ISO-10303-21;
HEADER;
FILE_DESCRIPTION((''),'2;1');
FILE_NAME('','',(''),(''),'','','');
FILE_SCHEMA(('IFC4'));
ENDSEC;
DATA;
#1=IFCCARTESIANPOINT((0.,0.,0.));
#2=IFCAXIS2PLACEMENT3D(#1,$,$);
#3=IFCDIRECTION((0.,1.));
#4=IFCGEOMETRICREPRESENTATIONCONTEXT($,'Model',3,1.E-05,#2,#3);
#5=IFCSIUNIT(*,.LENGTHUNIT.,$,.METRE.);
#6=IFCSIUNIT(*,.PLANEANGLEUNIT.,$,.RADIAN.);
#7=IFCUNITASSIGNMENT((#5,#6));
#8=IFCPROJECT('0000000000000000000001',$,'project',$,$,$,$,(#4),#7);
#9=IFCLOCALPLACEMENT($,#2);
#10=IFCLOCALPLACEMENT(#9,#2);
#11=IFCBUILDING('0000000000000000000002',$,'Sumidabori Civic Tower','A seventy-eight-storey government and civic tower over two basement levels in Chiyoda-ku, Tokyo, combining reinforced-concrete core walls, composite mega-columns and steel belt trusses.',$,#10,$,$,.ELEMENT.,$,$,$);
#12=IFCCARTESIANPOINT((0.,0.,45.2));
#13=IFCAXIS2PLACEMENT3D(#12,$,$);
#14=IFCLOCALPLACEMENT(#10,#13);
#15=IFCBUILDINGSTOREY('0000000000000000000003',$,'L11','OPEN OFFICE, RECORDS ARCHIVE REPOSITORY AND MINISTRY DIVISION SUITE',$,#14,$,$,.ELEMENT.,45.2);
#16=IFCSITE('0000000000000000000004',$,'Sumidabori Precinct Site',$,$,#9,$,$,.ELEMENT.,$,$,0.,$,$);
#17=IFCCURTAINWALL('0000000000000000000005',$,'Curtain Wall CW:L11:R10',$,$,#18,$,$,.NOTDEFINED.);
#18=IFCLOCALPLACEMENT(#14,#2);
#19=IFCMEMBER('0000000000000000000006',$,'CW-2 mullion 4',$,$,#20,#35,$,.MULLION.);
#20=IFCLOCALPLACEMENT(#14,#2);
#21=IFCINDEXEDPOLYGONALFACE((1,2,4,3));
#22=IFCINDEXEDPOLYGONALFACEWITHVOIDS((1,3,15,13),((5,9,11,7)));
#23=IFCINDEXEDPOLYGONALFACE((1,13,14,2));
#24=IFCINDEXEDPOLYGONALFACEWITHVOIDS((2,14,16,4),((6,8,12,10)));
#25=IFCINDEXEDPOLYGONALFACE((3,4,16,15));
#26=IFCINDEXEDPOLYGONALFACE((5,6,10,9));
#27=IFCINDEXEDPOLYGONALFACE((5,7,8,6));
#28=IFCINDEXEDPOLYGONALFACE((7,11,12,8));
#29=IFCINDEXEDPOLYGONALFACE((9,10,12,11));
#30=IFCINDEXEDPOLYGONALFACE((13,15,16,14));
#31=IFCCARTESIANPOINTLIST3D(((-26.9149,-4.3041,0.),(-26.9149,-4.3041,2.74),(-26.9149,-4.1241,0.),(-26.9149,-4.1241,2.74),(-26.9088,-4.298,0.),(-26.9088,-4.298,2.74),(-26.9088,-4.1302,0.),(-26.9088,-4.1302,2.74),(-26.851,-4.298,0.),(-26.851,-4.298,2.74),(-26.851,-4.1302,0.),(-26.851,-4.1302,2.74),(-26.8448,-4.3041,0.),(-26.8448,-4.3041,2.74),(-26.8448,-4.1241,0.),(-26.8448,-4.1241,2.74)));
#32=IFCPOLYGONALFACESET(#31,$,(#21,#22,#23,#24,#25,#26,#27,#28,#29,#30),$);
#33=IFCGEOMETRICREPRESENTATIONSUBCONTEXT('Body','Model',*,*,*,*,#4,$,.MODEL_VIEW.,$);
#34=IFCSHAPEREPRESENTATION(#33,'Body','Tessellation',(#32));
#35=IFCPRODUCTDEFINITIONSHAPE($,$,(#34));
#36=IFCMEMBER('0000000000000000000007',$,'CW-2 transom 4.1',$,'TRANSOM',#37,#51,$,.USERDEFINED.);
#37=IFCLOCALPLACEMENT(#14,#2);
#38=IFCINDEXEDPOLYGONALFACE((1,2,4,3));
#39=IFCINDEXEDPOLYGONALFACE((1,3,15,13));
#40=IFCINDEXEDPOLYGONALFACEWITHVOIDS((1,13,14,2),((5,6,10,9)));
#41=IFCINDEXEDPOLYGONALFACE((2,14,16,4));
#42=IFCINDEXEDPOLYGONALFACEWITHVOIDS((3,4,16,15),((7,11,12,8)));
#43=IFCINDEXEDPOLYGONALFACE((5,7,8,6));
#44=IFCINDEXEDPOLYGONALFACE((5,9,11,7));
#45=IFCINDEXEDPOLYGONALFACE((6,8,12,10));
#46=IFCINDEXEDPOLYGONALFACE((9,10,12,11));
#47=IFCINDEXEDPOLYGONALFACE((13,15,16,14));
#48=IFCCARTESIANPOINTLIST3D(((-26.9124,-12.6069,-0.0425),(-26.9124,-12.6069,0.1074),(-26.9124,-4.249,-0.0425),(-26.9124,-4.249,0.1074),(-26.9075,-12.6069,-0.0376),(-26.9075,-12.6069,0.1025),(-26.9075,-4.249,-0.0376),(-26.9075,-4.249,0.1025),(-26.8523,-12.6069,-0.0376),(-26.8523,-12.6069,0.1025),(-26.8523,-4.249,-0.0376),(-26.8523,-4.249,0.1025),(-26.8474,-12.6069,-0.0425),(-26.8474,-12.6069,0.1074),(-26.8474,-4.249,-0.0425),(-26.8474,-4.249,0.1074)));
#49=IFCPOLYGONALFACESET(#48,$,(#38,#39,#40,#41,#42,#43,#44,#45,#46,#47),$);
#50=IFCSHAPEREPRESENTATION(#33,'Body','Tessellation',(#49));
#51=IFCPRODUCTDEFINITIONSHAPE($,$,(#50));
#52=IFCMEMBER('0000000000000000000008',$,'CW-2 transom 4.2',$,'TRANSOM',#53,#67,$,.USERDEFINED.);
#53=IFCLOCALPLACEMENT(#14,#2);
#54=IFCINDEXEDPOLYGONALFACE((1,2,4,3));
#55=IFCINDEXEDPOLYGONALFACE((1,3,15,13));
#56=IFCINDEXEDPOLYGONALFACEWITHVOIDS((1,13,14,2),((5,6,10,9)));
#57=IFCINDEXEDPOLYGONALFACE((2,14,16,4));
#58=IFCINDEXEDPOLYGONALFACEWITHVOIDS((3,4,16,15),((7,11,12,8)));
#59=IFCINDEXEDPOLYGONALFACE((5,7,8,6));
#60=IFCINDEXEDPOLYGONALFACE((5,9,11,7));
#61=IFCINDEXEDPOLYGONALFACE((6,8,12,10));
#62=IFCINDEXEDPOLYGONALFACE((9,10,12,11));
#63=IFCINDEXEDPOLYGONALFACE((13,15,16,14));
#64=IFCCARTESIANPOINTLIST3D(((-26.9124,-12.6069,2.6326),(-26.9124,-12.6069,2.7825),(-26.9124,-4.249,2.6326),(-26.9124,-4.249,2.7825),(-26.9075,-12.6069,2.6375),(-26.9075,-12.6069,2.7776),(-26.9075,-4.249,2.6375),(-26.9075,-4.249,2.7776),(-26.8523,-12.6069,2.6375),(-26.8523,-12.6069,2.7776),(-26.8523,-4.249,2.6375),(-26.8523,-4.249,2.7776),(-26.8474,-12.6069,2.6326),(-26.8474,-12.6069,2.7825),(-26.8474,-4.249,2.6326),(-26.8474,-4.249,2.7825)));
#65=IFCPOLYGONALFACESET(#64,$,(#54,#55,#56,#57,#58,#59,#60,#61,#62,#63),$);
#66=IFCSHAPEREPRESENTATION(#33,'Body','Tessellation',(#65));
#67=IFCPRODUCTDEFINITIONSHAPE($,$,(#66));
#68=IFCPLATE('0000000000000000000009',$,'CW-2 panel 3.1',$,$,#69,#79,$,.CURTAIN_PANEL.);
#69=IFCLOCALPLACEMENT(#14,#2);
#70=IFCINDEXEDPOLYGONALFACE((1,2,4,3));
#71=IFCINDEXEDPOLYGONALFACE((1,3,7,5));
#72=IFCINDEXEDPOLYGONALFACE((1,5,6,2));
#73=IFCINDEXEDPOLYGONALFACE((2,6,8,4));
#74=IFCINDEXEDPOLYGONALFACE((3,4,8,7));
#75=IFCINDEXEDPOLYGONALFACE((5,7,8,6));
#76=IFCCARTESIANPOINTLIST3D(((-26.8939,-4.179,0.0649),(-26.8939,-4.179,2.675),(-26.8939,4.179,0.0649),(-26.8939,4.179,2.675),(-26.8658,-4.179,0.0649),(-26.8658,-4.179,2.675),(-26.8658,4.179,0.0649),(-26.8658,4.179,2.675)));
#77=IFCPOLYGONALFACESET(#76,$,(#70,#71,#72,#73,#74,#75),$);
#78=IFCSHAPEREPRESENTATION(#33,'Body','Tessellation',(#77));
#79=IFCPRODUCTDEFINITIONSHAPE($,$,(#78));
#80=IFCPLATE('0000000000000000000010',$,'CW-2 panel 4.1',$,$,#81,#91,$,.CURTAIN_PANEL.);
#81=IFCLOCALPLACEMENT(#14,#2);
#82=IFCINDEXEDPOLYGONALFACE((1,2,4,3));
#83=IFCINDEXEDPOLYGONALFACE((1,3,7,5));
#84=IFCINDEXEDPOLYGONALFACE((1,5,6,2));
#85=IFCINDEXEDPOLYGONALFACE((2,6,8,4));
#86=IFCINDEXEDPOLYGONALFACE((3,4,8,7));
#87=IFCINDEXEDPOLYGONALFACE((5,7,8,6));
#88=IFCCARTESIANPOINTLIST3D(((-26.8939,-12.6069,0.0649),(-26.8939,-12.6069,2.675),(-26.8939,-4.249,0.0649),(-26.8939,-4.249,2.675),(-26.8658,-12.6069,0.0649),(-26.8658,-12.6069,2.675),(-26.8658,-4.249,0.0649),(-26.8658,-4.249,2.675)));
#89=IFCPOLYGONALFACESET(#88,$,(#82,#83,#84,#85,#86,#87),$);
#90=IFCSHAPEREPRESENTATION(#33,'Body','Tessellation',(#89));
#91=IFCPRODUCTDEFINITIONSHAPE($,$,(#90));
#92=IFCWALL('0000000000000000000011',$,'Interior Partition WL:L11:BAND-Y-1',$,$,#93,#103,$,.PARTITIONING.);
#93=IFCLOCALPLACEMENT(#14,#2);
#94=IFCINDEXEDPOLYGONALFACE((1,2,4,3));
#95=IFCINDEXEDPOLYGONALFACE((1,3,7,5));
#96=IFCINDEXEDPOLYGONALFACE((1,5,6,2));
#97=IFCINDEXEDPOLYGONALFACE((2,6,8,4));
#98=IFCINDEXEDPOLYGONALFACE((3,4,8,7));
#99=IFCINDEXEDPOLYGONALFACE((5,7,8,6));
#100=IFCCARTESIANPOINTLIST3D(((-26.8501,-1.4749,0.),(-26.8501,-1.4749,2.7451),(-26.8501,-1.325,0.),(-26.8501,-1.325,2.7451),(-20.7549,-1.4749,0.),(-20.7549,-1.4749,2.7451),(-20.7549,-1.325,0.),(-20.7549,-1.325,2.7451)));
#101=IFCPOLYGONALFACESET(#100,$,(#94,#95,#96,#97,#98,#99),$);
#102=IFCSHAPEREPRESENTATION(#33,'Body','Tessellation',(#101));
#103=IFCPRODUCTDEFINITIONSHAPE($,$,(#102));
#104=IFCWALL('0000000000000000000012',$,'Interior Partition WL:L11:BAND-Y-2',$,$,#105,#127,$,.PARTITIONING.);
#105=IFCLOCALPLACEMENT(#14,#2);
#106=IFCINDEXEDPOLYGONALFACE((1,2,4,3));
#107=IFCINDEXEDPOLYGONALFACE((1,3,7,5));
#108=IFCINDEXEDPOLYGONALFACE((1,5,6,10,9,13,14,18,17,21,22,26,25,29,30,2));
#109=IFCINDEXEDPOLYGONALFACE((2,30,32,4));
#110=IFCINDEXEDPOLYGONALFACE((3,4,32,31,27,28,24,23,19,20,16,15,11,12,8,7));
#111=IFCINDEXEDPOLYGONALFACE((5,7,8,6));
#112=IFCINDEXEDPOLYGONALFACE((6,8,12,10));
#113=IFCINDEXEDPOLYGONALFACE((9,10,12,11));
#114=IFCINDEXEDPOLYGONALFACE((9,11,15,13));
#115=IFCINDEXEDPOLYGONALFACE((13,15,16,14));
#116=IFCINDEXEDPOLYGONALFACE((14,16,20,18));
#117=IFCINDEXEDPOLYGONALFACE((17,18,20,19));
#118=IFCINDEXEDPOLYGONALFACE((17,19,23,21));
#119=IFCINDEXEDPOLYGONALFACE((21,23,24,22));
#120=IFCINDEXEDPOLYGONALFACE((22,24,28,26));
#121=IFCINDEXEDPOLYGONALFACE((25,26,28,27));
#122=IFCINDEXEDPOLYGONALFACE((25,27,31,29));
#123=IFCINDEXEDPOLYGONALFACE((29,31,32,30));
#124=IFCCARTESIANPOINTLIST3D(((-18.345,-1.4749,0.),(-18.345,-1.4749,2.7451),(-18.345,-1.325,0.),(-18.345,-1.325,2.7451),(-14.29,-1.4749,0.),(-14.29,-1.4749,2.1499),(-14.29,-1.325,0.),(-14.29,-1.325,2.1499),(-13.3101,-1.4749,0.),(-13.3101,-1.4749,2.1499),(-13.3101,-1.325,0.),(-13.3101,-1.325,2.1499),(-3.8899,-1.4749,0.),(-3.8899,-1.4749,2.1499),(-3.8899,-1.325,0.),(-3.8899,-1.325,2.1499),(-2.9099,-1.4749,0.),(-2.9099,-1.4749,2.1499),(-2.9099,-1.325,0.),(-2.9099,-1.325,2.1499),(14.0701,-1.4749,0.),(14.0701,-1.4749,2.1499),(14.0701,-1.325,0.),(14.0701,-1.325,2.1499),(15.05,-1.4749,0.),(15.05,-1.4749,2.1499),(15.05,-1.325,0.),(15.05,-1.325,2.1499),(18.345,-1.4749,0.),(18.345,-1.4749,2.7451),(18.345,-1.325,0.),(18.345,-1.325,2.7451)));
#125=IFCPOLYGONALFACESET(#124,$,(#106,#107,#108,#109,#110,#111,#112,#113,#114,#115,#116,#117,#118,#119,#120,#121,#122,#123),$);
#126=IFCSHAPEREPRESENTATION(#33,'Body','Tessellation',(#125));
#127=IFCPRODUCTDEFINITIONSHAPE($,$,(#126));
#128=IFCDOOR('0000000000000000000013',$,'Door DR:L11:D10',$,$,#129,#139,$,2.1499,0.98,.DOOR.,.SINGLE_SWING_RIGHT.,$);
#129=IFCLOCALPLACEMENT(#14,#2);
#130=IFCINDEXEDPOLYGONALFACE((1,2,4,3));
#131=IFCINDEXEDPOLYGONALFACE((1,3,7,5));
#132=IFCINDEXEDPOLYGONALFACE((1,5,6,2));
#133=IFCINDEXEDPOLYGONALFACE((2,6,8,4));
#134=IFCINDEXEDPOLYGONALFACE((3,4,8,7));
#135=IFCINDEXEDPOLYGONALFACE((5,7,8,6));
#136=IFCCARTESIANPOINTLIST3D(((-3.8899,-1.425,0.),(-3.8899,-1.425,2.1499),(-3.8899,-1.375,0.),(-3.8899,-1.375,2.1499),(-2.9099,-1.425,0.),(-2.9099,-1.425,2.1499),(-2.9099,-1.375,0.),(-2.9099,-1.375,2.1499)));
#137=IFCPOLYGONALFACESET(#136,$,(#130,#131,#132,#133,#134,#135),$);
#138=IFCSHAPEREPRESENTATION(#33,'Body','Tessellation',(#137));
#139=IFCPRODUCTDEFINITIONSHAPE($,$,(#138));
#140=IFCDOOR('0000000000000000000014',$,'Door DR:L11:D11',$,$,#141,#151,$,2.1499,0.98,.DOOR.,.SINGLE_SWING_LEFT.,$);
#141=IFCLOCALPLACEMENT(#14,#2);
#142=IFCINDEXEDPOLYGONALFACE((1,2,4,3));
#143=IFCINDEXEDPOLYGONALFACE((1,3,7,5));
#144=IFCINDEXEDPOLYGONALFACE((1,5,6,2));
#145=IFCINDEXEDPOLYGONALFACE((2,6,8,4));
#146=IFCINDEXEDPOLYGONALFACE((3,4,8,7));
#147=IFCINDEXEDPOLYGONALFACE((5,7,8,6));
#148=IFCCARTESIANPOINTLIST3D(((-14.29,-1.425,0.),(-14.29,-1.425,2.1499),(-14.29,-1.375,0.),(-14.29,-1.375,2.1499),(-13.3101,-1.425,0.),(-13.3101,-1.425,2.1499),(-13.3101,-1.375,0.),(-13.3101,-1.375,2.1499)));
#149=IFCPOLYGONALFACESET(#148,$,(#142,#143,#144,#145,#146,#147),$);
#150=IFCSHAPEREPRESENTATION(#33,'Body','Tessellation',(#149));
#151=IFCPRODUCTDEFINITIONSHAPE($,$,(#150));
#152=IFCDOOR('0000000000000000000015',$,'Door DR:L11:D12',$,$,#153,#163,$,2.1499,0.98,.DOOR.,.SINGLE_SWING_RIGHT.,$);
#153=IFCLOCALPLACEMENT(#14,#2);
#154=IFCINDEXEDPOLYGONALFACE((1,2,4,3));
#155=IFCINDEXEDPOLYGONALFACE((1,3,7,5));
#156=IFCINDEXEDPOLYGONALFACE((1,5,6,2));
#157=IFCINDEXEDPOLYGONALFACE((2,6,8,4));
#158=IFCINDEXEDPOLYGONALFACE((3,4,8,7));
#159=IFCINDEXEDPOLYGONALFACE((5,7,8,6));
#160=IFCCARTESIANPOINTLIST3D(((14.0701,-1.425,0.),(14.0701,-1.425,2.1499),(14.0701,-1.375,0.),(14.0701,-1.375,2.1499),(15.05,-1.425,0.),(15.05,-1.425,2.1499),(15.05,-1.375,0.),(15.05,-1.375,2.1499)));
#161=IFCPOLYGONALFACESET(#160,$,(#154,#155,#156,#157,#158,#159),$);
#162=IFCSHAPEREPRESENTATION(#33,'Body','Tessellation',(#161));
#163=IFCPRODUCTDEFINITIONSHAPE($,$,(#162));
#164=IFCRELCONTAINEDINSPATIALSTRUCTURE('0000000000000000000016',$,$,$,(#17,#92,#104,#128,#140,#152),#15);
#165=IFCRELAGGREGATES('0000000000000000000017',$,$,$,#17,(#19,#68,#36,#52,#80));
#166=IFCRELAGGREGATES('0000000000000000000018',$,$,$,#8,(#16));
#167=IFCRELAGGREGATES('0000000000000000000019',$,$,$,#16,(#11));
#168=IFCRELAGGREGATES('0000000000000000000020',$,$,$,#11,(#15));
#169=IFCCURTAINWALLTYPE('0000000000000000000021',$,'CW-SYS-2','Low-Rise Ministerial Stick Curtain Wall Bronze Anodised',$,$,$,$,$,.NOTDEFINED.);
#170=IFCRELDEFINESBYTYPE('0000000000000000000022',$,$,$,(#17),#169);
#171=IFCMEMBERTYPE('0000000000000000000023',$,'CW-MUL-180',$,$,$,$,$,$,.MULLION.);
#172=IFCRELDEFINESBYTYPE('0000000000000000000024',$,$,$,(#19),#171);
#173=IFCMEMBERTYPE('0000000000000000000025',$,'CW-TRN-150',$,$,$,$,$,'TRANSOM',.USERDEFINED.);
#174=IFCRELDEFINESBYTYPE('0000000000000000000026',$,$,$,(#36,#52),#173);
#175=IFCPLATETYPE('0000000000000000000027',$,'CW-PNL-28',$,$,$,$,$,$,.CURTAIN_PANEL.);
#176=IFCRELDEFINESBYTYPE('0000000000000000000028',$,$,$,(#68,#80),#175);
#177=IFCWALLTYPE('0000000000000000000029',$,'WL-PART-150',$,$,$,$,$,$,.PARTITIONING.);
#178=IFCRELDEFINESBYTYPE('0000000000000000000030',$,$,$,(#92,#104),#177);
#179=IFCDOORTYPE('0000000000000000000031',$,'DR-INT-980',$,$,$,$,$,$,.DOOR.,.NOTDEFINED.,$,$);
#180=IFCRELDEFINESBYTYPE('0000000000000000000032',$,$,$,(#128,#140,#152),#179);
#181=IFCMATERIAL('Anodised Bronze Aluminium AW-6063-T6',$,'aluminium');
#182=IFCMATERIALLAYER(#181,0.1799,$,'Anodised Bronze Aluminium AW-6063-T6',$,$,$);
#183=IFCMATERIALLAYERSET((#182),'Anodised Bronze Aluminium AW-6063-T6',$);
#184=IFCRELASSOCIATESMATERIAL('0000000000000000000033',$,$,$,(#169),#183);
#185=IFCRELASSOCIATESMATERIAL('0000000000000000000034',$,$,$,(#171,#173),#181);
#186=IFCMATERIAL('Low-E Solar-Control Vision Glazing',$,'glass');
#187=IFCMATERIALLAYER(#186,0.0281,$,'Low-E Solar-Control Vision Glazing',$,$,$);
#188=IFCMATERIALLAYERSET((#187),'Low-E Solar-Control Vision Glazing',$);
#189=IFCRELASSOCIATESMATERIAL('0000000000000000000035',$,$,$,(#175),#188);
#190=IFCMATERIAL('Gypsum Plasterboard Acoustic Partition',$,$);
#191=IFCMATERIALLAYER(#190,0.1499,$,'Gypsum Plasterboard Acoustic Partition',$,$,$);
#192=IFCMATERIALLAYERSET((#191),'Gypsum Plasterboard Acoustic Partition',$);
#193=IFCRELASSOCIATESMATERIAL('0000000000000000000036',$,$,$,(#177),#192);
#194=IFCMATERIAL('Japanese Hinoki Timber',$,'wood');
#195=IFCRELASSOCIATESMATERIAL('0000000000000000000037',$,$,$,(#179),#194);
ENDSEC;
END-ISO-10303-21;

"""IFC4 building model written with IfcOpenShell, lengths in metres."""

from ifc_helpers import new_model, si_unit, direction, frame, frame_2d, origin, origin_2d, place, context, subcontext, project, spatial, rectangle, hollow_rectangle, extrude, source, transform, mapped, material, layer, layer_set, material_profile, profile_set, type_object, element, fill, aggregate, save


model = new_model("IFC4")

# Units and contexts
model_context = context("Model", 3, precision=1e-05, world=origin(), true_north=direction((0.0, 1.0)))
body_context = subcontext(model_context, "Body", "Model", "MODEL_VIEW")
ifc_project = project(units=[si_unit("LENGTHUNIT", "METRE"), si_unit("PLANEANGLEUNIT", "RADIAN")], contexts=[model_context])

# Site, building, storey
site_placement = place(None, origin())
site = spatial("IfcSite", under=ifc_project, at=site_placement, Name="Sumidabori Precinct Site", CompositionType="ELEMENT", RefElevation=0.0)
building_placement = place(site_placement, origin())
building = spatial("IfcBuilding", under=site, at=building_placement, Name="Sumidabori Civic Tower", Description="A seventy-eight-storey government and civic tower over two basement levels in Chiyoda-ku, Tokyo, combining reinforced-concrete core walls, composite mega-columns and steel belt trusses.", CompositionType="ELEMENT")
storey_placement = place(building_placement, frame((0.0, 0.0, 45.2)))
storey = spatial("IfcBuildingStorey", under=building, at=storey_placement, Name="L11", Description="OPEN OFFICE, RECORDS ARCHIVE REPOSITORY AND MINISTRY DIVISION SUITE", CompositionType="ELEMENT", Elevation=45.2)

# Curtain wall, members, plates
ifc_material_1 = material(Name="Anodised Bronze Aluminium AW-6063-T6", Category="aluminium")
ifc_layer_1 = layer(ifc_material_1, 0.1799, Name="Anodised Bronze Aluminium AW-6063-T6")
ifc_layer_set_1 = layer_set([ifc_layer_1], Name="Anodised Bronze Aluminium AW-6063-T6")
curtain_wall_type = type_object("IfcCurtainWallType", Name="CW-SYS-2", Description="Low-Rise Ministerial Stick Curtain Wall Bronze Anodised", PredefinedType="NOTDEFINED", material=ifc_layer_set_1)
curtain_wall_placement = place(storey_placement, origin())
curtain_wall = element("IfcCurtainWall", 1, at=curtain_wall_placement, inside=storey, type_object=curtain_wall_type, Name="Curtain Wall CW:L11:R10", PredefinedType="NOTDEFINED")
ifc_material_profile_1 = material_profile(ifc_material_1, hollow_rectangle(XDim=0.0701, YDim=0.1799, WallThickness=0.0061, at=origin_2d()), Name="ALU MULLION 180x70")
ifc_profile_set_1 = profile_set([ifc_material_profile_1], Name="Anodised Bronze Aluminium AW-6063-T6")
member_type_1 = type_object("IfcMemberType", Name="CW-MUL-180", PredefinedType="MULLION", material=ifc_profile_set_1)
shared_shape_1 = source(origin(), body_context, "Body", "SweptSolid", [
    extrude(hollow_rectangle(XDim=0.0701, YDim=0.1799, WallThickness=0.0061, at=origin_2d()), origin(), (0.0, 0.0, 1.0), 2.74),
])
member_1_placement = place(storey_placement, frame((-26.8799, -4.2141, 0.0), z_axis=(0.0, 0.0, 1.0), x_axis=(1.0, 0.0, 0.0)))
member_1 = element("IfcMember", 2, at=member_1_placement, type_object=member_type_1, Name="CW-2 mullion 4", PredefinedType="MULLION", context=body_context, shape_type="MappedRepresentation", body=[
    mapped(shared_shape_1, transform((0.0, 0.0, 0.0), x_axis=(1.0, 0.0, 0.0), y_axis=(0.0, 1.0, 0.0), z_axis=(0.0, 0.0, 1.0), scale=1.0)),
])
ifc_material_profile_2 = material_profile(ifc_material_1, hollow_rectangle(XDim=0.0649, YDim=0.1499, WallThickness=0.0049, at=origin_2d()), Name="ALU TRANSOM 150x65")
ifc_profile_set_2 = profile_set([ifc_material_profile_2], Name="Anodised Bronze Aluminium AW-6063-T6")
member_type_2 = type_object("IfcMemberType", Name="CW-TRN-150", ElementType="TRANSOM", PredefinedType="USERDEFINED", material=ifc_profile_set_2)
shared_shape_2 = source(origin(), body_context, "Body", "SweptSolid", [
    extrude(hollow_rectangle(XDim=0.0649, YDim=0.1499, WallThickness=0.0049, at=origin_2d()), origin(), (0.0, 0.0, 1.0), 8.3579),
])
member_2_placement = place(storey_placement, frame((-26.8799, -4.249, 0.0325), z_axis=(0.0, -1.0, 0.0), x_axis=(1.0, 0.0, 0.0)))
member_2 = element("IfcMember", 3, at=member_2_placement, type_object=member_type_2, Name="CW-2 transom 4.1", ObjectType="TRANSOM", PredefinedType="USERDEFINED", context=body_context, shape_type="MappedRepresentation", body=[
    mapped(shared_shape_2, transform((0.0, 0.0, 0.0), x_axis=(1.0, 0.0, 0.0), y_axis=(0.0, 1.0, 0.0), z_axis=(0.0, 0.0, 1.0), scale=1.0)),
])
member_3_placement = place(storey_placement, frame((-26.8799, -4.249, 2.7075), z_axis=(0.0, -1.0, 0.0), x_axis=(1.0, 0.0, 0.0)))
member_3 = element("IfcMember", 4, at=member_3_placement, type_object=member_type_2, Name="CW-2 transom 4.2", ObjectType="TRANSOM", PredefinedType="USERDEFINED", context=body_context, shape_type="MappedRepresentation", body=[
    mapped(shared_shape_2, transform((0.0, 0.0, 0.0), x_axis=(1.0, 0.0, 0.0), y_axis=(0.0, 1.0, 0.0), z_axis=(0.0, 0.0, 1.0), scale=1.0)),
])
ifc_material_2 = material(Name="Low-E Solar-Control Vision Glazing", Category="glass")
ifc_layer_2 = layer(ifc_material_2, 0.0281, Name="Low-E Solar-Control Vision Glazing")
ifc_layer_set_2 = layer_set([ifc_layer_2], Name="Low-E Solar-Control Vision Glazing")
plate_type = type_object("IfcPlateType", Name="CW-PNL-28", PredefinedType="CURTAIN_PANEL", material=ifc_layer_set_2)
shared_shape_3 = source(origin(), body_context, "Body", "SweptSolid", [
    extrude(rectangle(XDim=8.3579, YDim=0.0281, at=origin_2d()), origin(), (0.0, 0.0, 1.0), 2.6101),
])
plate_1_placement = place(storey_placement, frame((-26.8799, 0.0, 0.0649), z_axis=(0.0, 0.0, 1.0), x_axis=(0.0, -1.0, 0.0)))
plate_1 = element("IfcPlate", 5, at=plate_1_placement, type_object=plate_type, Name="CW-2 panel 3.1", PredefinedType="CURTAIN_PANEL", context=body_context, shape_type="MappedRepresentation", body=[
    mapped(shared_shape_3, transform((0.0, 0.0, 0.0), x_axis=(1.0, 0.0, 0.0), y_axis=(0.0, 1.0, 0.0), z_axis=(0.0, 0.0, 1.0), scale=1.0)),
])
plate_2_placement = place(storey_placement, frame((-26.8799, -8.428, 0.0649), z_axis=(0.0, 0.0, 1.0), x_axis=(0.0, -1.0, 0.0)))
plate_2 = element("IfcPlate", 6, at=plate_2_placement, type_object=plate_type, Name="CW-2 panel 4.1", PredefinedType="CURTAIN_PANEL", context=body_context, shape_type="MappedRepresentation", body=[
    mapped(shared_shape_3, transform((0.0, 0.0, 0.0), x_axis=(1.0, 0.0, 0.0), y_axis=(0.0, 1.0, 0.0), z_axis=(0.0, 0.0, 1.0), scale=1.0)),
])
aggregate(curtain_wall, [member_1, plate_1, member_2, member_3, plate_2])

# Wall
ifc_material_3 = material(Name="Gypsum Plasterboard Acoustic Partition")
ifc_layer_3 = layer(ifc_material_3, 0.1499, Name="Gypsum Plasterboard Acoustic Partition")
ifc_layer_set_3 = layer_set([ifc_layer_3], Name="Gypsum Plasterboard Acoustic Partition")
wall_type = type_object("IfcWallType", Name="WL-PART-150", PredefinedType="PARTITIONING", material=ifc_layer_set_3)
shared_shape_4 = source(origin(), body_context, "Body", "SweptSolid", [
    extrude(rectangle(XDim=6.0952, YDim=0.1499, at=frame_2d((3.0476, 0.0))), origin(), (0.0, 0.0, 1.0), 2.7451),
])
wall_1_placement = place(storey_placement, frame((-26.8501, -1.3999, 0.0), z_axis=(0.0, 0.0, 1.0), x_axis=(1.0, 0.0, 0.0)))
element("IfcWall", 7, at=wall_1_placement, inside=storey, type_object=wall_type, Name="Interior Partition WL:L11:BAND-Y-1", PredefinedType="PARTITIONING", context=body_context, shape_type="MappedRepresentation", body=[
    mapped(shared_shape_4, transform((0.0, 0.0, 0.0), x_axis=(1.0, 0.0, 0.0), y_axis=(0.0, 1.0, 0.0), z_axis=(0.0, 0.0, 1.0), scale=1.0)),
])

# Wall, openings, doors
shared_shape_5 = source(origin(), body_context, "Body", "SweptSolid", [
    extrude(rectangle(XDim=36.6899, YDim=0.1499, at=frame_2d((18.345, 0.0))), origin(), (0.0, 0.0, 1.0), 2.7451),
])
wall_2_placement = place(storey_placement, frame((-18.345, -1.3999, 0.0), z_axis=(0.0, 0.0, 1.0), x_axis=(1.0, 0.0, 0.0)))
wall_2 = element("IfcWall", 8, at=wall_2_placement, inside=storey, type_object=wall_type, Name="Interior Partition WL:L11:BAND-Y-2", PredefinedType="PARTITIONING", context=body_context, shape_type="MappedRepresentation", body=[
    mapped(shared_shape_5, transform((0.0, 0.0, 0.0), x_axis=(1.0, 0.0, 0.0), y_axis=(0.0, 1.0, 0.0), z_axis=(0.0, 0.0, 1.0), scale=1.0)),
])
opening_1_placement = place(wall_2_placement, frame((14.4551, 0.0, 0.0)))
opening_1 = element("IfcOpeningElement", 9, at=opening_1_placement, cuts=wall_2, PredefinedType="OPENING", context=body_context, shape_type="SweptSolid", body=[
    extrude(rectangle(XDim=0.98, YDim=2.1499, at=frame_2d((0.49, 1.075))), frame((0.0, 0.0869, 0.0), z_axis=(0.0, -1.0, 0.0), x_axis=(1.0, 0.0, 0.0)), (0.0, 0.0, 1.0), 0.1738),
])
opening_2_placement = place(wall_2_placement, frame((4.0549, 0.0, 0.0)))
opening_2 = element("IfcOpeningElement", 10, at=opening_2_placement, cuts=wall_2, PredefinedType="OPENING", context=body_context, shape_type="SweptSolid", body=[
    extrude(rectangle(XDim=0.98, YDim=2.1499, at=frame_2d((0.49, 1.075))), frame((0.0, 0.0869, 0.0), z_axis=(0.0, -1.0, 0.0), x_axis=(1.0, 0.0, 0.0)), (0.0, 0.0, 1.0), 0.1738),
])
opening_3_placement = place(wall_2_placement, frame((32.415, 0.0, 0.0)))
opening_3 = element("IfcOpeningElement", 11, at=opening_3_placement, cuts=wall_2, PredefinedType="OPENING", context=body_context, shape_type="SweptSolid", body=[
    extrude(rectangle(XDim=0.98, YDim=2.1499, at=frame_2d((0.49, 1.075))), frame((0.0, 0.0869, 0.0), z_axis=(0.0, -1.0, 0.0), x_axis=(1.0, 0.0, 0.0)), (0.0, 0.0, 1.0), 0.1738),
])
ifc_material_4 = material(Name="Japanese Hinoki Timber", Category="wood")
door_type = type_object("IfcDoorType", Name="DR-INT-980", OperationType="NOTDEFINED", PredefinedType="DOOR", material=ifc_material_4)
shared_shape_6 = source(origin(), body_context, "Body", "SweptSolid", [
    extrude(rectangle(XDim=0.98, YDim=2.1499, at=frame_2d((0.49, 1.075))), frame((0.0, 0.0249, 0.0), z_axis=(0.0, -1.0, 0.0), x_axis=(1.0, 0.0, 0.0)), (0.0, 0.0, 1.0), 0.05),
])
door_1_placement = place(opening_1_placement, origin())
door_1 = element("IfcDoor", 12, at=door_1_placement, inside=storey, type_object=door_type, Name="Door DR:L11:D10", OperationType="SINGLE_SWING_RIGHT", OverallHeight=2.1499, OverallWidth=0.98, PredefinedType="DOOR", context=body_context, shape_type="MappedRepresentation", body=[
    mapped(shared_shape_6, transform((0.0, 0.0, 0.0), x_axis=(1.0, 0.0, 0.0), y_axis=(0.0, 1.0, 0.0), z_axis=(0.0, 0.0, 1.0), scale=1.0)),
])
fill(opening_1, door_1)
door_2_placement = place(opening_2_placement, origin())
door_2 = element("IfcDoor", 13, at=door_2_placement, inside=storey, type_object=door_type, Name="Door DR:L11:D11", OperationType="SINGLE_SWING_LEFT", OverallHeight=2.1499, OverallWidth=0.98, PredefinedType="DOOR", context=body_context, shape_type="MappedRepresentation", body=[
    mapped(shared_shape_6, transform((0.0, 0.0, 0.0), x_axis=(1.0, 0.0, 0.0), y_axis=(0.0, 1.0, 0.0), z_axis=(0.0, 0.0, 1.0), scale=1.0)),
])
fill(opening_2, door_2)
door_3_placement = place(opening_3_placement, origin())
door_3 = element("IfcDoor", 14, at=door_3_placement, inside=storey, type_object=door_type, Name="Door DR:L11:D12", OperationType="SINGLE_SWING_RIGHT", OverallHeight=2.1499, OverallWidth=0.98, PredefinedType="DOOR", context=body_context, shape_type="MappedRepresentation", body=[
    mapped(shared_shape_6, transform((0.0, 0.0, 0.0), x_axis=(1.0, 0.0, 0.0), y_axis=(0.0, 1.0, 0.0), z_axis=(0.0, 0.0, 1.0), scale=1.0)),
])
fill(opening_3, door_3)

save(model, "model.ifc")
